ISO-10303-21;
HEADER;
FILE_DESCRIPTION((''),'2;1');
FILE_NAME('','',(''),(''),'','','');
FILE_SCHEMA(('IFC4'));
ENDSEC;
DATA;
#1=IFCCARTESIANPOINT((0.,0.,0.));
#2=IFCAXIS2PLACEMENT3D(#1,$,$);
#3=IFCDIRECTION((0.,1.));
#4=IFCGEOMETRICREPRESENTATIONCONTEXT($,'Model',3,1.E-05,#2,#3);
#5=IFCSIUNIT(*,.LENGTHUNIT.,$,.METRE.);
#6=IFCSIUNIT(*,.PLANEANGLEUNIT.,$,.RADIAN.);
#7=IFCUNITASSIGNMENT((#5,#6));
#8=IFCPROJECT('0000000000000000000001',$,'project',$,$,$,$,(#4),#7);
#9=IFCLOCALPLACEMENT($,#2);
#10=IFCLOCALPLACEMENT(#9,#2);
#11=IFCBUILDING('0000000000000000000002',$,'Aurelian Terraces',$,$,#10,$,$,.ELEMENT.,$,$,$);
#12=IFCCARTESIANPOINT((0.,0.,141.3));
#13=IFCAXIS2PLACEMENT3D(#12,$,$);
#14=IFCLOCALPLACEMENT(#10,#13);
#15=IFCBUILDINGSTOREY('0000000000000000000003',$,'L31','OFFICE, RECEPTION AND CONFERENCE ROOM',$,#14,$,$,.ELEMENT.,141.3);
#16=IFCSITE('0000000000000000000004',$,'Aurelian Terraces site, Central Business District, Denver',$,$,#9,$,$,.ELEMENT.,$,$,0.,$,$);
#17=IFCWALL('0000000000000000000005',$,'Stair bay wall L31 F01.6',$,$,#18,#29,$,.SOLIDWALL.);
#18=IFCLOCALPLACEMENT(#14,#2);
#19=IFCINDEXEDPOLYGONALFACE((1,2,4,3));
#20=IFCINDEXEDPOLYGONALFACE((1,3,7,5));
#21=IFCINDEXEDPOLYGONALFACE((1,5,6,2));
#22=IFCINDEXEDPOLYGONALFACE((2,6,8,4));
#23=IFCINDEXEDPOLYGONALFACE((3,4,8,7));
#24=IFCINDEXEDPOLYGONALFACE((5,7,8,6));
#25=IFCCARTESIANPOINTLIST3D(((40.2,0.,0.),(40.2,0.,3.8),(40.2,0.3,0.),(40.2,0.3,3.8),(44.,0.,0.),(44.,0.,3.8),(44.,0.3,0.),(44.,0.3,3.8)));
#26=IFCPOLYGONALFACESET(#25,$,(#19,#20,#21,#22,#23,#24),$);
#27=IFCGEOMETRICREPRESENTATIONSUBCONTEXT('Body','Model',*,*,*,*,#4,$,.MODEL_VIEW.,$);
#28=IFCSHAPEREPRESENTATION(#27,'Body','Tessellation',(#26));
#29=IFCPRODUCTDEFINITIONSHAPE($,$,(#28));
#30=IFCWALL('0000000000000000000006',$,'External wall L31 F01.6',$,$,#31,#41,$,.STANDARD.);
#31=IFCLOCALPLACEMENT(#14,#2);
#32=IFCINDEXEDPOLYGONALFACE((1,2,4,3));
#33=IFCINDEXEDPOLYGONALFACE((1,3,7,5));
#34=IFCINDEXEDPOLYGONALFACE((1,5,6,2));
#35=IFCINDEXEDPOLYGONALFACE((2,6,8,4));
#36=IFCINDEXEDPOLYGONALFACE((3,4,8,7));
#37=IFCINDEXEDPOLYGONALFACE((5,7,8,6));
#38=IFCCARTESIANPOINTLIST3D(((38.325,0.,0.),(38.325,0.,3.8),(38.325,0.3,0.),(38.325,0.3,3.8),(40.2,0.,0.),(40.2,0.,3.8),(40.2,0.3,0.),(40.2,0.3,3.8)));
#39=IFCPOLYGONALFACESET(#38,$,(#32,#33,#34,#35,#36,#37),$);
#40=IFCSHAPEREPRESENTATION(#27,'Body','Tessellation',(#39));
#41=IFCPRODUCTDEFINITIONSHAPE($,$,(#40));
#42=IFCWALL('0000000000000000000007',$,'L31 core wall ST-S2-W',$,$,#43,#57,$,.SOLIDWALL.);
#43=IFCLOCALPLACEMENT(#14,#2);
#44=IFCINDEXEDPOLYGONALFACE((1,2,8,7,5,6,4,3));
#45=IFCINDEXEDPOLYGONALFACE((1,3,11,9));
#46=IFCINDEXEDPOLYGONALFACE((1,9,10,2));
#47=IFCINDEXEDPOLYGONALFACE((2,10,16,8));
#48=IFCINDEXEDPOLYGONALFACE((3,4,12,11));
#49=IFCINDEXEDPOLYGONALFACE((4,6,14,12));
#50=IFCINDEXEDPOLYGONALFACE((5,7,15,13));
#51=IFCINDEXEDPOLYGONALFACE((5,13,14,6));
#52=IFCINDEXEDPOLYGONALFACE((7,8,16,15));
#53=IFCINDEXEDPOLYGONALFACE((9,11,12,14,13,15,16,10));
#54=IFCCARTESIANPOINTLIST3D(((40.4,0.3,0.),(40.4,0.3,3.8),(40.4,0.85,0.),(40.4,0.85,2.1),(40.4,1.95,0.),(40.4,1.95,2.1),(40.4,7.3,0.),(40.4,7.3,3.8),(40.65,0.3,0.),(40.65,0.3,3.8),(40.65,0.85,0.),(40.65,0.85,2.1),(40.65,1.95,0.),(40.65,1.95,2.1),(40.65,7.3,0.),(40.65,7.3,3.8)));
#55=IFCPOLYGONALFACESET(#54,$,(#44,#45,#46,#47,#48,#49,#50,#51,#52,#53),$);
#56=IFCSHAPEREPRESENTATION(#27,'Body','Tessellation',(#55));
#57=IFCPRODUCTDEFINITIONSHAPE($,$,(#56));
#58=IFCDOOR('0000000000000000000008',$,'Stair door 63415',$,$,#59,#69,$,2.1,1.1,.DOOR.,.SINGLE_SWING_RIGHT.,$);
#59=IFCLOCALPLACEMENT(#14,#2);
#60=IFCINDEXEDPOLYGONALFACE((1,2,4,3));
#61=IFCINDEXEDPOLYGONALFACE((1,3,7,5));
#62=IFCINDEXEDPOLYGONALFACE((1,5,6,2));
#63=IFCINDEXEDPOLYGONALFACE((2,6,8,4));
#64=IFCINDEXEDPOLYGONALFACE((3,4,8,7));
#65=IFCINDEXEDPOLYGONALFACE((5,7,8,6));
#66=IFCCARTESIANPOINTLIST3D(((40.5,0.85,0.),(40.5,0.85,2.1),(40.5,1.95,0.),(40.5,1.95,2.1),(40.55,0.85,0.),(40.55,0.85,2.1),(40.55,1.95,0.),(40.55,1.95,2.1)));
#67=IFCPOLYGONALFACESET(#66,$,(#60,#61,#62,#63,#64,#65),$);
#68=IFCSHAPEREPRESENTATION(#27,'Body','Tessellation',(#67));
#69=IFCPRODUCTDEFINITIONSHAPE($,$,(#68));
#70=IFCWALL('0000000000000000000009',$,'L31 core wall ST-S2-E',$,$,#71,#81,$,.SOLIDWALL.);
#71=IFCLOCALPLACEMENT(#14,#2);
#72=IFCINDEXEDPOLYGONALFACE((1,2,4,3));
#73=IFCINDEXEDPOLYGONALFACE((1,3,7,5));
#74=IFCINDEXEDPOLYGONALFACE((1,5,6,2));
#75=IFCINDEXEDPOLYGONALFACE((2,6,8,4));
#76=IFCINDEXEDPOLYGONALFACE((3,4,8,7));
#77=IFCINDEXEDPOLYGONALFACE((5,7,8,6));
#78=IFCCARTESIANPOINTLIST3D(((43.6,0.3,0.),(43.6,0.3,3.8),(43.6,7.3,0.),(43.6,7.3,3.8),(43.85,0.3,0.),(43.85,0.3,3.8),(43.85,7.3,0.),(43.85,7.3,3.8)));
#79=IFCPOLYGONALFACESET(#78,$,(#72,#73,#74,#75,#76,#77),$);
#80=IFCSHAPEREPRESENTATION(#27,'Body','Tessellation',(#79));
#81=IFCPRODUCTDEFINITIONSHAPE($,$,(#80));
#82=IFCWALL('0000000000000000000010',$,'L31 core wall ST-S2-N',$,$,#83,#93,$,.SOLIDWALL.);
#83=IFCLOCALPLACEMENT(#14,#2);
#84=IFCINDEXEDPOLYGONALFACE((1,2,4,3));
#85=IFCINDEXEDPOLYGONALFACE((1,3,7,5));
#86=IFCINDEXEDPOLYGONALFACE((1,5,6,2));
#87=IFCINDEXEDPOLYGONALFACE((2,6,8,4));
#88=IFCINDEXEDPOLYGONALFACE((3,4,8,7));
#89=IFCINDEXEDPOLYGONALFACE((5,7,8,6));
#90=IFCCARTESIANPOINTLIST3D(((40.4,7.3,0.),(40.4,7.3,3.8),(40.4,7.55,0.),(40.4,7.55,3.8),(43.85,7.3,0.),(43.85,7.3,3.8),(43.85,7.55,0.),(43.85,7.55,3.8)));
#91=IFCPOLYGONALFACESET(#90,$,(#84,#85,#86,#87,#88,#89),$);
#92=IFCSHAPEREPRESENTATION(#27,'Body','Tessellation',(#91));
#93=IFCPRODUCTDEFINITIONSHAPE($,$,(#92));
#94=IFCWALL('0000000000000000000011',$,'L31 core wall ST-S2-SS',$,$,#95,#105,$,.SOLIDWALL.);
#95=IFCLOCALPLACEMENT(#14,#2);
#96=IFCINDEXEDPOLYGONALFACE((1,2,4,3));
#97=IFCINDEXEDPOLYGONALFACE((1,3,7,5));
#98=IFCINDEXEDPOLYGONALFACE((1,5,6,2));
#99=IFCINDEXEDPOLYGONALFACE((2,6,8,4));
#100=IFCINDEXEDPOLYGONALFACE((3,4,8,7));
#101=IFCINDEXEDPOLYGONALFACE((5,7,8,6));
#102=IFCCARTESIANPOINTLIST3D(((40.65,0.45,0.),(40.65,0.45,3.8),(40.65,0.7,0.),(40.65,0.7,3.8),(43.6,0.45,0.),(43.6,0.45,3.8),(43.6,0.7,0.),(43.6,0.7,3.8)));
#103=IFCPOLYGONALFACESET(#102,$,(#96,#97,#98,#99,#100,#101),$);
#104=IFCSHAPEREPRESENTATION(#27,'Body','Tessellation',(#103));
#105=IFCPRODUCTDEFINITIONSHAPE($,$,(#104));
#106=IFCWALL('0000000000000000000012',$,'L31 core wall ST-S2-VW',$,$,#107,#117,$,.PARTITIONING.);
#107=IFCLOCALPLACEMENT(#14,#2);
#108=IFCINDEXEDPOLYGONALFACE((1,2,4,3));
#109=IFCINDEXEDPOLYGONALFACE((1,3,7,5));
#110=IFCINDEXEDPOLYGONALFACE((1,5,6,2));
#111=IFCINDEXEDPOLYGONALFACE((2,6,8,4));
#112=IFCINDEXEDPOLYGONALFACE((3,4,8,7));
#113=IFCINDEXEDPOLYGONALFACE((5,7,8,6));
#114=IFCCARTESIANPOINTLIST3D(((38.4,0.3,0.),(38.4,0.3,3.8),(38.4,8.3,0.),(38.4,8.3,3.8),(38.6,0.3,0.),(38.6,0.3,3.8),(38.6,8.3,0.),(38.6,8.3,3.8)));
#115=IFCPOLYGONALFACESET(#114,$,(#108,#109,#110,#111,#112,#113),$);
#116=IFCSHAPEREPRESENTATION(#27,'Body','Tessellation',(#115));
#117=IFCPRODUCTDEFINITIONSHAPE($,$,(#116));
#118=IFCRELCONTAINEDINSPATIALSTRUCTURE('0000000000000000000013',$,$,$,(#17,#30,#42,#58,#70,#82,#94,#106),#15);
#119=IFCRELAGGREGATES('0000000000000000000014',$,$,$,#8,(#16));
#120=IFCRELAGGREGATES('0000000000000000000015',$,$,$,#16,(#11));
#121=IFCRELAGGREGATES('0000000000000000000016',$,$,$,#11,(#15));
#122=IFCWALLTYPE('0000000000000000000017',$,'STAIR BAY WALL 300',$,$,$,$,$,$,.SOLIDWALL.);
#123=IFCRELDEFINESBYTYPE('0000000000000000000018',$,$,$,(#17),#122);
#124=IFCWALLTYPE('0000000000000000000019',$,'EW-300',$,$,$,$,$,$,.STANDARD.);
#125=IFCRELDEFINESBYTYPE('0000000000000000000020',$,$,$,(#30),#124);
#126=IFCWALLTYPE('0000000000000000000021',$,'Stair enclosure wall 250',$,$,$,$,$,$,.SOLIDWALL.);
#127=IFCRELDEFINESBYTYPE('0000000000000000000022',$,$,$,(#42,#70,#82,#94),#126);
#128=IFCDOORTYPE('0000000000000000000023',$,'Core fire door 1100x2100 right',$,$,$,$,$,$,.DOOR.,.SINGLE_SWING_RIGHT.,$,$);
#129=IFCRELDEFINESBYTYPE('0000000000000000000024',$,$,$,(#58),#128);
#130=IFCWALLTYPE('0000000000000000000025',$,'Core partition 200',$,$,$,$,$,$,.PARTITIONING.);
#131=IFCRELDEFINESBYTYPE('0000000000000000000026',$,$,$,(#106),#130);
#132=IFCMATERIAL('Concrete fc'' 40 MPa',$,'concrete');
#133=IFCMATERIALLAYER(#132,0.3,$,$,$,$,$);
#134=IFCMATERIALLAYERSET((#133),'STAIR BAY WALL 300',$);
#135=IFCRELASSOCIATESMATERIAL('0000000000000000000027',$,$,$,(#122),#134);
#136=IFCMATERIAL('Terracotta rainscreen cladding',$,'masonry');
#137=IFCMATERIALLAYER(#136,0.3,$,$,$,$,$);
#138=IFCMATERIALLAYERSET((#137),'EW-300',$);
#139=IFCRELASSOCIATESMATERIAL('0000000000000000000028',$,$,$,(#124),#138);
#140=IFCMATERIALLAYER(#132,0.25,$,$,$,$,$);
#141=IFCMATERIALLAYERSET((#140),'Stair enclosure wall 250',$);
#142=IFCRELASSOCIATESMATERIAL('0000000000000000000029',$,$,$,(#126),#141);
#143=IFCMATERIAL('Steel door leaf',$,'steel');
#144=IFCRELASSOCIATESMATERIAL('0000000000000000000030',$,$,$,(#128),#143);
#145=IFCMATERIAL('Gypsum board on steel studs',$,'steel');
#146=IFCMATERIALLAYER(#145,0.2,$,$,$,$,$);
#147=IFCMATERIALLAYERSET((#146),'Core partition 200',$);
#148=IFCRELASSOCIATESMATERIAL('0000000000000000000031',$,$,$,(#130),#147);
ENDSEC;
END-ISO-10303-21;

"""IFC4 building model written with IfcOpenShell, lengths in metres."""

from ifc_helpers import new_model, si_unit, direction, frame, frame_2d, origin, place, context, subcontext, project, spatial, rectangle, extrude, source, transform, mapped, material, layer, layer_set, type_object, element, fill, save


model = new_model("IFC4")

# Units and contexts
model_context = context("Model", 3, precision=1e-05, world=origin(), true_north=direction((0.0, 1.0)))
body_context = subcontext(model_context, "Body", "Model", "MODEL_VIEW")
ifc_project = project(units=[si_unit("LENGTHUNIT", "METRE"), si_unit("PLANEANGLEUNIT", "RADIAN")], contexts=[model_context])

# Site, building, storey
site_placement = place(None, origin())
site = spatial("IfcSite", under=ifc_project, at=site_placement, Name="Aurelian Terraces site, Central Business District, Denver", CompositionType="ELEMENT", RefElevation=0.0)
building_placement = place(site_placement, origin())
building = spatial("IfcBuilding", under=site, at=building_placement, Name="Aurelian Terraces", CompositionType="ELEMENT")
storey_placement = place(building_placement, frame((0.0, 0.0, 141.3)))
storey = spatial("IfcBuildingStorey", under=building, at=storey_placement, Name="L31", Description="OFFICE, RECEPTION AND CONFERENCE ROOM", CompositionType="ELEMENT", Elevation=141.3)

# Walls
ifc_material_1 = material(Name="Concrete fc' 40 MPa", Category="concrete")
ifc_layer_1 = layer(ifc_material_1, 0.3)
ifc_layer_set_1 = layer_set([ifc_layer_1], Name="STAIR BAY WALL 300")
wall_type_1 = type_object("IfcWallType", Name="STAIR BAY WALL 300", PredefinedType="SOLIDWALL", material=ifc_layer_set_1)
shared_shape_1 = source(origin(), body_context, "Body", "SweptSolid", [
    extrude(rectangle(XDim=3.8, YDim=0.3, at=frame_2d((1.9, 0.0))), origin(), (0.0, 0.0, 1.0), 3.8),
])
wall_1_placement = place(storey_placement, frame((40.2, 0.15, 0.0), z_axis=(0.0, 0.0, 1.0), x_axis=(1.0, 0.0, 0.0)))
element("IfcWall", 1, at=wall_1_placement, inside=storey, type_object=wall_type_1, Name="Stair bay wall L31 F01.6", PredefinedType="SOLIDWALL", context=body_context, shape_type="MappedRepresentation", body=[
    mapped(shared_shape_1, transform((0.0, 0.0, 0.0), scale=1.0)),
])
ifc_material_2 = material(Name="Terracotta rainscreen cladding", Category="masonry")
ifc_layer_2 = layer(ifc_material_2, 0.3)
ifc_layer_set_2 = layer_set([ifc_layer_2], Name="EW-300")
wall_type_2 = type_object("IfcWallType", Name="EW-300", PredefinedType="STANDARD", material=ifc_layer_set_2)
shared_shape_2 = source(origin(), body_context, "Body", "SweptSolid", [
    extrude(rectangle(XDim=1.875, YDim=0.3, at=frame_2d((0.9375, 0.0))), origin(), (0.0, 0.0, 1.0), 3.8),
])
wall_2_placement = place(storey_placement, frame((38.325, 0.15, 0.0), z_axis=(0.0, 0.0, 1.0), x_axis=(1.0, 0.0, 0.0)))
element("IfcWall", 2, at=wall_2_placement, inside=storey, type_object=wall_type_2, Name="External wall L31 F01.6", PredefinedType="STANDARD", context=body_context, shape_type="MappedRepresentation", body=[
    mapped(shared_shape_2, transform((0.0, 0.0, 0.0), scale=1.0)),
])

# Wall, opening, door
ifc_layer_3 = layer(ifc_material_1, 0.25)
ifc_layer_set_3 = layer_set([ifc_layer_3], Name="Stair enclosure wall 250")
wall_type_3 = type_object("IfcWallType", Name="Stair enclosure wall 250", PredefinedType="SOLIDWALL", material=ifc_layer_set_3)
shared_shape_3 = source(origin(), body_context, "Body", "SweptSolid", [
    extrude(rectangle(XDim=7.0, YDim=0.25, at=frame_2d((3.5, 0.0))), origin(), (0.0, 0.0, 1.0), 3.8),
])
wall_3_placement = place(storey_placement, frame((40.525, 0.3, 0.0), z_axis=(0.0, 0.0, 1.0), x_axis=(0.0, 1.0, 0.0)))
wall_3 = element("IfcWall", 3, at=wall_3_placement, inside=storey, type_object=wall_type_3, Name="L31 core wall ST-S2-W", PredefinedType="SOLIDWALL", context=body_context, shape_type="MappedRepresentation", body=[
    mapped(shared_shape_3, transform((0.0, 0.0, 0.0), scale=1.0)),
])
shared_shape_4 = source(origin(), body_context, "Body", "SweptSolid", [
    extrude(rectangle(XDim=1.1, YDim=2.1, at=frame_2d((0.55, 1.05))), frame((0.0, 0.135, 0.0), z_axis=(0.0, -1.0, 0.0), x_axis=(1.0, 0.0, 0.0)), (0.0, 0.0, 1.0), 0.27),
])
opening_1_placement = place(wall_3_placement, frame((0.55, 0.0, 0.0)))
opening_1 = element("IfcOpeningElement", 4, at=opening_1_placement, cuts=wall_3, PredefinedType="OPENING", context=body_context, shape_type="MappedRepresentation", body=[
    mapped(shared_shape_4, transform((0.0, 0.0, 0.0), scale=1.0)),
])
ifc_material_3 = material(Name="Steel door leaf", Category="steel")
door_type_1 = type_object("IfcDoorType", Name="Core fire door 1100x2100 right", OperationType="SINGLE_SWING_RIGHT", PredefinedType="DOOR", material=ifc_material_3)
shared_shape_5 = source(origin(), body_context, "Body", "SweptSolid", [
    extrude(rectangle(XDim=1.1, YDim=2.1, at=frame_2d((0.55, 1.05))), frame((0.0, 0.025, 0.0), z_axis=(0.0, -1.0, 0.0), x_axis=(1.0, 0.0, 0.0)), (0.0, 0.0, 1.0), 0.05),
])
door_1_placement = place(opening_1_placement, origin())
door_1 = element("IfcDoor", 5, at=door_1_placement, inside=storey, type_object=door_type_1, Name="Stair door 63415", OperationType="SINGLE_SWING_RIGHT", OverallHeight=2.1, OverallWidth=1.1, PredefinedType="DOOR", context=body_context, shape_type="MappedRepresentation", body=[
    mapped(shared_shape_5, transform((0.0, 0.0, 0.0), scale=1.0)),
])
fill(opening_1, door_1)

# Walls
wall_4_placement = place(storey_placement, frame((43.725, 0.3, 0.0), z_axis=(0.0, 0.0, 1.0), x_axis=(0.0, 1.0, 0.0)))
element("IfcWall", 6, at=wall_4_placement, inside=storey, type_object=wall_type_3, Name="L31 core wall ST-S2-E", PredefinedType="SOLIDWALL", context=body_context, shape_type="MappedRepresentation", body=[
    mapped(shared_shape_3, transform((0.0, 0.0, 0.0), scale=1.0)),
])
shared_shape_6 = source(origin(), body_context, "Body", "SweptSolid", [
    extrude(rectangle(XDim=3.45, YDim=0.25, at=frame_2d((1.725, 0.0))), origin(), (0.0, 0.0, 1.0), 3.8),
])
wall_5_placement = place(storey_placement, frame((40.4, 7.425, 0.0), z_axis=(0.0, 0.0, 1.0), x_axis=(1.0, 0.0, 0.0)))
element("IfcWall", 7, at=wall_5_placement, inside=storey, type_object=wall_type_3, Name="L31 core wall ST-S2-N", PredefinedType="SOLIDWALL", context=body_context, shape_type="MappedRepresentation", body=[
    mapped(shared_shape_6, transform((0.0, 0.0, 0.0), scale=1.0)),
])
shared_shape_7 = source(origin(), body_context, "Body", "SweptSolid", [
    extrude(rectangle(XDim=2.95, YDim=0.25, at=frame_2d((1.475, 0.0))), origin(), (0.0, 0.0, 1.0), 3.8),
])
wall_6_placement = place(storey_placement, frame((40.65, 0.575, 0.0), z_axis=(0.0, 0.0, 1.0), x_axis=(1.0, 0.0, 0.0)))
element("IfcWall", 8, at=wall_6_placement, inside=storey, type_object=wall_type_3, Name="L31 core wall ST-S2-SS", PredefinedType="SOLIDWALL", context=body_context, shape_type="MappedRepresentation", body=[
    mapped(shared_shape_7, transform((0.0, 0.0, 0.0), scale=1.0)),
])
ifc_material_4 = material(Name="Gypsum board on steel studs", Category="steel")
ifc_layer_4 = layer(ifc_material_4, 0.2)
ifc_layer_set_4 = layer_set([ifc_layer_4], Name="Core partition 200")
wall_type_4 = type_object("IfcWallType", Name="Core partition 200", PredefinedType="PARTITIONING", material=ifc_layer_set_4)
shared_shape_8 = source(origin(), body_context, "Body", "SweptSolid", [
    extrude(rectangle(XDim=8.0, YDim=0.2, at=frame_2d((4.0, 0.0))), origin(), (0.0, 0.0, 1.0), 3.8),
])
wall_7_placement = place(storey_placement, frame((38.5, 0.3, 0.0), z_axis=(0.0, 0.0, 1.0), x_axis=(0.0, 1.0, 0.0)))
element("IfcWall", 9, at=wall_7_placement, inside=storey, type_object=wall_type_4, Name="L31 core wall ST-S2-VW", PredefinedType="PARTITIONING", context=body_context, shape_type="MappedRepresentation", body=[
    mapped(shared_shape_8, transform((0.0, 0.0, 0.0), scale=1.0)),
])

save(model, "model.ifc")
